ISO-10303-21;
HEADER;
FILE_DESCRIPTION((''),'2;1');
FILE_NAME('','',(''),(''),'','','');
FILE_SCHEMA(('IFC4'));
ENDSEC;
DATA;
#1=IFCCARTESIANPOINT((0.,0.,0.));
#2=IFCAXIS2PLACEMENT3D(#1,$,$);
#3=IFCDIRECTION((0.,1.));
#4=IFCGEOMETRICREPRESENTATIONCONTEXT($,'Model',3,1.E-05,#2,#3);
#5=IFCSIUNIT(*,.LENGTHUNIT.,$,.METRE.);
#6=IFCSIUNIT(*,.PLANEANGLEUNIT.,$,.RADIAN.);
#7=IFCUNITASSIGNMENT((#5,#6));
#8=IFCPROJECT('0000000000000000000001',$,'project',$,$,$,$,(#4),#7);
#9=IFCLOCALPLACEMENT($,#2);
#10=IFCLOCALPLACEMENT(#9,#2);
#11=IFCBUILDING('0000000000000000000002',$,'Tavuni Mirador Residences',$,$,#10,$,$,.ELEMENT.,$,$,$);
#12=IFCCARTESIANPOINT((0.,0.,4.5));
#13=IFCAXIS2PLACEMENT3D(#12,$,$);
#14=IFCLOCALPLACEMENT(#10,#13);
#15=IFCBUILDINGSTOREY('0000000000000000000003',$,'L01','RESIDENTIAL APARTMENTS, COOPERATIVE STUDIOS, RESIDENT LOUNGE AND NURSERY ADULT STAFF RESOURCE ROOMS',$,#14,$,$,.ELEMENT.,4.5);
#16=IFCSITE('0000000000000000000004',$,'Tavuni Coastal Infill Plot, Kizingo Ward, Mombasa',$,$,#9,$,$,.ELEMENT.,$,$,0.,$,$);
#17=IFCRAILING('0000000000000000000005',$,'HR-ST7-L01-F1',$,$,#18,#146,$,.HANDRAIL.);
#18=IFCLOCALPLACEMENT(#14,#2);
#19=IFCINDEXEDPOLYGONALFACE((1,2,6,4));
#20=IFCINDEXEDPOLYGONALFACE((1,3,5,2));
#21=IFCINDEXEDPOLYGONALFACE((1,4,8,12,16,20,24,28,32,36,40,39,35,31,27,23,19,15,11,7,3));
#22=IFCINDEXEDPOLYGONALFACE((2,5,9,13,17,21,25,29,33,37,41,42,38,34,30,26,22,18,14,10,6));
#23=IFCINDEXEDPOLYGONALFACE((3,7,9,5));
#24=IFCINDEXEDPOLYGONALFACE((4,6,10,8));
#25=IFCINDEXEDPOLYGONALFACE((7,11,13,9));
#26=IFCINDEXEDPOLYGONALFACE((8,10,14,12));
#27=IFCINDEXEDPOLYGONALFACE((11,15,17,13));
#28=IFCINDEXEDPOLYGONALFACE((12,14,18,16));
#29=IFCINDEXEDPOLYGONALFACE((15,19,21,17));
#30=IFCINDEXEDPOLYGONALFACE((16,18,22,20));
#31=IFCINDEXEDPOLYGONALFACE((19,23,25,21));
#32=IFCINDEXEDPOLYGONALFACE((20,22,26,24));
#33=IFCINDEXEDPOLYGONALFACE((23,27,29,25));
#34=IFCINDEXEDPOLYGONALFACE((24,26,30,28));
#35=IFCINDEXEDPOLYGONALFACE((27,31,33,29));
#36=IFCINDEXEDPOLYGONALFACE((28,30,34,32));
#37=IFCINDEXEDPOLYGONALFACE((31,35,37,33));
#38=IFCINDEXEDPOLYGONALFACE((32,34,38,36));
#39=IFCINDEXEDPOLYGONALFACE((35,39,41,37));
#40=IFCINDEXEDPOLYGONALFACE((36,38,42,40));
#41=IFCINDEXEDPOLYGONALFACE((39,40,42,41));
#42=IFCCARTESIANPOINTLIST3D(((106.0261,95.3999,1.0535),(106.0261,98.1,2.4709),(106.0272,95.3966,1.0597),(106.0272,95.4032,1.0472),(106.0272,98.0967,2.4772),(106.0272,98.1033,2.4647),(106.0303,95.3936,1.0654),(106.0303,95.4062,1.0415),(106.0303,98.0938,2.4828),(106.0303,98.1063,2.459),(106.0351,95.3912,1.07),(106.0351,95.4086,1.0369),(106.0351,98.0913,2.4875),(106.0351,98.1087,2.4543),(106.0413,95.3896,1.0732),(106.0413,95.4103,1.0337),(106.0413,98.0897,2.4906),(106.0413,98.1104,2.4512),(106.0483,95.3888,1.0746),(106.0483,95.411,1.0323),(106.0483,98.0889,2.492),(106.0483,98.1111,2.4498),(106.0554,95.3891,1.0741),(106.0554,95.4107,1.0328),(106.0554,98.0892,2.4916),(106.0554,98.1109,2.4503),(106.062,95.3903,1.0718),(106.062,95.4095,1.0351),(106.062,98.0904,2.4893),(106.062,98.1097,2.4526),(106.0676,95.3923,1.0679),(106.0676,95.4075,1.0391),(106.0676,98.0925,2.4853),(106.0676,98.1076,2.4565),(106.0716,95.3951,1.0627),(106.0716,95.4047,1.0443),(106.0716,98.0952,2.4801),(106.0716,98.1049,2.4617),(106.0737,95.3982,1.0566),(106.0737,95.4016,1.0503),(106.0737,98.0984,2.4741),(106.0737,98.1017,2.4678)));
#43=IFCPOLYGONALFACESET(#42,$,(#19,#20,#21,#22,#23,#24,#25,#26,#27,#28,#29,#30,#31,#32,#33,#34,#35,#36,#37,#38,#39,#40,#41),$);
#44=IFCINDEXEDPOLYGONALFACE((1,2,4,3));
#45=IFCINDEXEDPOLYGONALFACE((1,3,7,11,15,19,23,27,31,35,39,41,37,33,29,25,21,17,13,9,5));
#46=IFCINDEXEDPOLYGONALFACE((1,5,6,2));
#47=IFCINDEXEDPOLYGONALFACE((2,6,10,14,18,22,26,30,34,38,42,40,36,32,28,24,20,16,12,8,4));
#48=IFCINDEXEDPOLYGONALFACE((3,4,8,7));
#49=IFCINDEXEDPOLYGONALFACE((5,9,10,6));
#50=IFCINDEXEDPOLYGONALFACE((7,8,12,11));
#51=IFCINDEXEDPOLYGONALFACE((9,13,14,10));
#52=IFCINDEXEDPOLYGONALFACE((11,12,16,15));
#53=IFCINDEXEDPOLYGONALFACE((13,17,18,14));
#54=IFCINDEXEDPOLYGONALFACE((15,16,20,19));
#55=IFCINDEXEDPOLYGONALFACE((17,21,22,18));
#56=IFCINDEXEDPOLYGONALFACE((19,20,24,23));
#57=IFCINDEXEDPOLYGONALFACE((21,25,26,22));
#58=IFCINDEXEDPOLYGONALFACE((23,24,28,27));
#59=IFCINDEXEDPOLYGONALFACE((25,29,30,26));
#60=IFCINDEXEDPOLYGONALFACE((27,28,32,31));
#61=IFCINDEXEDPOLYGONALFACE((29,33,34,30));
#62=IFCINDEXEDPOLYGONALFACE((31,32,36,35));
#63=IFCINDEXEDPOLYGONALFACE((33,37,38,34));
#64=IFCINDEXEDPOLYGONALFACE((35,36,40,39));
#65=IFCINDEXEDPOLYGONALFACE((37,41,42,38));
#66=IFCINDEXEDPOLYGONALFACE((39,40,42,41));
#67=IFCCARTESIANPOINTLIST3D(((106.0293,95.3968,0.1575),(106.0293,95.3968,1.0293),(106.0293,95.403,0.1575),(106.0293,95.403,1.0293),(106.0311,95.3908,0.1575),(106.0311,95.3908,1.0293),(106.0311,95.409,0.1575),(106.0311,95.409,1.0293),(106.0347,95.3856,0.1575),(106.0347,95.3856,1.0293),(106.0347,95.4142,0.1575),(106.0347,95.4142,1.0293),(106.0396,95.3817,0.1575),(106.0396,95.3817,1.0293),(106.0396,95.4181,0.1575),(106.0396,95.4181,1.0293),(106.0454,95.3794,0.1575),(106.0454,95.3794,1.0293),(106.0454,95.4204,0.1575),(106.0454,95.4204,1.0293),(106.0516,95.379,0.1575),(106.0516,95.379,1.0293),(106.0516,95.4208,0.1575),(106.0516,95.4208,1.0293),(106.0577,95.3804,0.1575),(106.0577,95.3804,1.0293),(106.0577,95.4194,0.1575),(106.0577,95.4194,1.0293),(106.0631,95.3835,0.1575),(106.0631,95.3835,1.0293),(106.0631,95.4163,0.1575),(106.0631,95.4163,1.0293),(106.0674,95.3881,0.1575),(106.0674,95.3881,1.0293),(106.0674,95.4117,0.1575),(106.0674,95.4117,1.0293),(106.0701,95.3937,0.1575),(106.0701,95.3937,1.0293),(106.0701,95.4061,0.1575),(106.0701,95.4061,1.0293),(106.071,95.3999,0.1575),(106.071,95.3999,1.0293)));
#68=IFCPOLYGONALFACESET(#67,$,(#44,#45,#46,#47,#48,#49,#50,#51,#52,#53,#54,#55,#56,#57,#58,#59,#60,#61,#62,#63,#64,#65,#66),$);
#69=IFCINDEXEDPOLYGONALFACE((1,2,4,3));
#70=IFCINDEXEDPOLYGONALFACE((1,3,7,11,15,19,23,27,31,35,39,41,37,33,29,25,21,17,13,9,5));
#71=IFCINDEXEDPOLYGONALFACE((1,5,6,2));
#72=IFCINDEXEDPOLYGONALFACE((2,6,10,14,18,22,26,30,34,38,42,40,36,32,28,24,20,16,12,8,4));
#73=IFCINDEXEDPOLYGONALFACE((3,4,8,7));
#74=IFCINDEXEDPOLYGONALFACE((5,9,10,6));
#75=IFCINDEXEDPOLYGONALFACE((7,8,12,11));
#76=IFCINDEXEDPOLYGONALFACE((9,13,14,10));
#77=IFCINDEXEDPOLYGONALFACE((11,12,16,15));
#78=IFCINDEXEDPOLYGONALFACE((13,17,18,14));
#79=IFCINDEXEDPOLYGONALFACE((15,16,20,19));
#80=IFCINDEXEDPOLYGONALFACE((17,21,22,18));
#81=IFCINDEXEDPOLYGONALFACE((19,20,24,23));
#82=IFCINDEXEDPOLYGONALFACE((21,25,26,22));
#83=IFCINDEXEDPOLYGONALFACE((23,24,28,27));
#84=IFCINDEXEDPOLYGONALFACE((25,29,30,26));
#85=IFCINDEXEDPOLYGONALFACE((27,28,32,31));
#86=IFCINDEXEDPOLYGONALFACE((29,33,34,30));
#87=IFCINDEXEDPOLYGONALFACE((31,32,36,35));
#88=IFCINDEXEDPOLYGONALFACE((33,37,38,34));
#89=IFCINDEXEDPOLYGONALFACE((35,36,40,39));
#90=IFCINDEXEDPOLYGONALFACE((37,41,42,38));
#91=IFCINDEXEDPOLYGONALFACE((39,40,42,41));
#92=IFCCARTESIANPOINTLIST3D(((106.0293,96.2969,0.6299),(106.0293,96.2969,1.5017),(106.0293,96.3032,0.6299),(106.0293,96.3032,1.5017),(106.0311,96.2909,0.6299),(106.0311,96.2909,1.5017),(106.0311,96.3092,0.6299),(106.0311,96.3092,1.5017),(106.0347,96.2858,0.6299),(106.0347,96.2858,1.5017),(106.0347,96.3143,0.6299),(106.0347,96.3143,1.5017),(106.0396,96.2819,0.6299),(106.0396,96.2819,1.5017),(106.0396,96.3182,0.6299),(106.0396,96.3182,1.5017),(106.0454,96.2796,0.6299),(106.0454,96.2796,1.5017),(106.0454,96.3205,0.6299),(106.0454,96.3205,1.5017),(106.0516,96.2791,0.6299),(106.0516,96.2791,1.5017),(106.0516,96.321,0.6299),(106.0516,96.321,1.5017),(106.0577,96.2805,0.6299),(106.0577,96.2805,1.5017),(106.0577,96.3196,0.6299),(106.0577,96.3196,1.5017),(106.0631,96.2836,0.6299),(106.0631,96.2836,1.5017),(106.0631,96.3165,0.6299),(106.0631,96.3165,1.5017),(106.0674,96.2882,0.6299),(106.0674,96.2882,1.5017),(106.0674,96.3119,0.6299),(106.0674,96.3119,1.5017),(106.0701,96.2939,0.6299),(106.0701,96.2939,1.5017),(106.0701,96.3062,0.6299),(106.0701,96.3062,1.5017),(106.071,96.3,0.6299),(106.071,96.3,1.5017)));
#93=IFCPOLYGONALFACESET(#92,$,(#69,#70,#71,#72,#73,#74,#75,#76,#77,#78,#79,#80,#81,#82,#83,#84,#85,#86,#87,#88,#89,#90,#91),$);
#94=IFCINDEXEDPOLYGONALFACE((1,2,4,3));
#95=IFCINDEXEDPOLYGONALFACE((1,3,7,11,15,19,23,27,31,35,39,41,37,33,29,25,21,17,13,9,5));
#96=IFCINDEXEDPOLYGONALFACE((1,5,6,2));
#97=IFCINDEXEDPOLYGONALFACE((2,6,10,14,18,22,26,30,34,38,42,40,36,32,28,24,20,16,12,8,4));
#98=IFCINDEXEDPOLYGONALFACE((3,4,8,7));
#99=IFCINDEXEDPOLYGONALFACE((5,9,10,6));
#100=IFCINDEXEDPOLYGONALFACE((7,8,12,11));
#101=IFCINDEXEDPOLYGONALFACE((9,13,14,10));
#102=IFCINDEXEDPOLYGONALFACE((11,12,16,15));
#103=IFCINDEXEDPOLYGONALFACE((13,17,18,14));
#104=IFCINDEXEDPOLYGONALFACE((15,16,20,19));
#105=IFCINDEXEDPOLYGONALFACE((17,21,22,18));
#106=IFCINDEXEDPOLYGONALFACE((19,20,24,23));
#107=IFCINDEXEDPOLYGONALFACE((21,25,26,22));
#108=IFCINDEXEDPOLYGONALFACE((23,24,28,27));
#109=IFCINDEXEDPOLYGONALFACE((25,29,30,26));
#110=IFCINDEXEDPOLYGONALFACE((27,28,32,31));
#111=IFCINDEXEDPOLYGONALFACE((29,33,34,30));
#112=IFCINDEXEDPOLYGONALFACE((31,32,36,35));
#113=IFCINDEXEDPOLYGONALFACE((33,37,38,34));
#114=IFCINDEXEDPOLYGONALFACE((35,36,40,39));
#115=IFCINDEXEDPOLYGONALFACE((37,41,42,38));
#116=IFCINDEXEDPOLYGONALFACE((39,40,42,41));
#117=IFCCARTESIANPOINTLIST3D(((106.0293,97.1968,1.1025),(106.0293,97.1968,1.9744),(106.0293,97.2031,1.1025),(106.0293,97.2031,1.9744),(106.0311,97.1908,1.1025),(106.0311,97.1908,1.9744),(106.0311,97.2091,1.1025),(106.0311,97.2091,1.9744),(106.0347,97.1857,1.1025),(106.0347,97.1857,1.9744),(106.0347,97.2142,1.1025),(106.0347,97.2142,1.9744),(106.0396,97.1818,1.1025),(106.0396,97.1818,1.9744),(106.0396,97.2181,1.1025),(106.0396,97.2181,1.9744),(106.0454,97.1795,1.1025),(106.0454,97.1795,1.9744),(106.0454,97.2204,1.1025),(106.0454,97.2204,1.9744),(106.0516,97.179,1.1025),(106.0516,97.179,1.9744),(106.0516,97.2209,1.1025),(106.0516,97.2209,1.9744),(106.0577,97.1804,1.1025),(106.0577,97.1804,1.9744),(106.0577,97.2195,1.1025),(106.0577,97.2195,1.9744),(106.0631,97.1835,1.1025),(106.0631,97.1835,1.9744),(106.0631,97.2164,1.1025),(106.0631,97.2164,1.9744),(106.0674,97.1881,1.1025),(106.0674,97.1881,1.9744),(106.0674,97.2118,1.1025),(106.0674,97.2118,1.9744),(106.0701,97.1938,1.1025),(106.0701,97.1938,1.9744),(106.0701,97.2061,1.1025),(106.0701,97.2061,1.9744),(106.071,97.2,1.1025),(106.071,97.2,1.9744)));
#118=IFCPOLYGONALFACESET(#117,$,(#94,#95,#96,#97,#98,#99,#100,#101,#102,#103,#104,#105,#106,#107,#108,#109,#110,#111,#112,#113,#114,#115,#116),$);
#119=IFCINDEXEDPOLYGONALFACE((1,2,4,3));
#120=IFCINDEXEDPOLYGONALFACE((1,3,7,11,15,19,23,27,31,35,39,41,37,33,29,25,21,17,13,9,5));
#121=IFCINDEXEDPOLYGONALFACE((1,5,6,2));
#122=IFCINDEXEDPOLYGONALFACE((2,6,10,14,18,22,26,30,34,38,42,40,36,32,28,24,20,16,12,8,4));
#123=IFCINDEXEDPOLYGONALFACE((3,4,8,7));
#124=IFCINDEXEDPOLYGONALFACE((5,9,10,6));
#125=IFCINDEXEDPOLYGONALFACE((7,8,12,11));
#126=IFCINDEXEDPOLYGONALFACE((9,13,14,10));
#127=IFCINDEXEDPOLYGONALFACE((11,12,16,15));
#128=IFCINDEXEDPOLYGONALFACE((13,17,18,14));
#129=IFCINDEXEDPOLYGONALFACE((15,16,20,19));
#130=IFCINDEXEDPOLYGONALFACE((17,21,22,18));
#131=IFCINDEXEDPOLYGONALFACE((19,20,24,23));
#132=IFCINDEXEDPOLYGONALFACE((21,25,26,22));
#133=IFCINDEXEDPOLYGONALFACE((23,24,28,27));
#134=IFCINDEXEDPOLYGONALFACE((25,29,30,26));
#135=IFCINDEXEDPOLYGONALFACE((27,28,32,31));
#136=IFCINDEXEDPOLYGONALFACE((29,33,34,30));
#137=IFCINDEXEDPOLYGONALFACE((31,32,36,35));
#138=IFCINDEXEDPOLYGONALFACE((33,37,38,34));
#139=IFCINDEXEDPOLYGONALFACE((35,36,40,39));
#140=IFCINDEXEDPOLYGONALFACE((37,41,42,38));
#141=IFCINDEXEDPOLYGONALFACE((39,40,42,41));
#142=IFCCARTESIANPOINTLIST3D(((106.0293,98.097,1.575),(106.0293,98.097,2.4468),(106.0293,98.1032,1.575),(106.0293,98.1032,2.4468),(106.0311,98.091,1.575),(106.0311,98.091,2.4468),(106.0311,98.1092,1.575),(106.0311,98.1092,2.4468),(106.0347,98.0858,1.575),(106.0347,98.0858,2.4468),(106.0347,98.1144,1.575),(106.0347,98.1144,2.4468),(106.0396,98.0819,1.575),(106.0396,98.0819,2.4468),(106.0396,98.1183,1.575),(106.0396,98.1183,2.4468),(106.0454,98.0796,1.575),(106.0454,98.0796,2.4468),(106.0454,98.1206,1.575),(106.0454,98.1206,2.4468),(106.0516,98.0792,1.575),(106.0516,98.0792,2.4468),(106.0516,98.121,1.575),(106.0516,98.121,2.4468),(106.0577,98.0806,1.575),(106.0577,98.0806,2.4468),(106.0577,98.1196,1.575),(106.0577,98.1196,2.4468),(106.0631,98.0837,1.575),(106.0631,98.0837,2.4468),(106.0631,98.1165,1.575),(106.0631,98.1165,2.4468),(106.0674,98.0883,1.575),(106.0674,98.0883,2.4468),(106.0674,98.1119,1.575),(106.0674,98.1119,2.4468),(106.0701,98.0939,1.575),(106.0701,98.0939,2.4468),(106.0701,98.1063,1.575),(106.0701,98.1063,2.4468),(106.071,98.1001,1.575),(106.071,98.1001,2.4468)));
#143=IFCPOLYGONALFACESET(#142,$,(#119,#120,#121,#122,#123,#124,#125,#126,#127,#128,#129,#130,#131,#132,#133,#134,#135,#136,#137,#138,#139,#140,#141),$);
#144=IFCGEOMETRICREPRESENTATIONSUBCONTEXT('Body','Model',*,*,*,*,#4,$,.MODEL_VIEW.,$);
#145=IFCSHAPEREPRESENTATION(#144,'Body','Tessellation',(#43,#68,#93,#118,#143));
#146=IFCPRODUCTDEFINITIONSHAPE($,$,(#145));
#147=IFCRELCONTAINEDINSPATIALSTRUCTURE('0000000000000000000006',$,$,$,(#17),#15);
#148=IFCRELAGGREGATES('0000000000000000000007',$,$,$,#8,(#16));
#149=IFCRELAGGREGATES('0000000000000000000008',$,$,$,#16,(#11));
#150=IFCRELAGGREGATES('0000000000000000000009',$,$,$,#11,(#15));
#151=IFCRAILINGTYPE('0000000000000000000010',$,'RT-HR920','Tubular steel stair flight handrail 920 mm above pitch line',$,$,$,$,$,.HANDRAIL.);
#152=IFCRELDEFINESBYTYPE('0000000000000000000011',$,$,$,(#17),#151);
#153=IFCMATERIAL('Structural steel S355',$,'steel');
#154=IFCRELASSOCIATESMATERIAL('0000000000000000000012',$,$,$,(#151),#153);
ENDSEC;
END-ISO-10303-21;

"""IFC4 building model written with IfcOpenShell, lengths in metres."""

from ifc_helpers import new_model, si_unit, direction, frame, origin, origin_2d, place, context, subcontext, project, spatial, circle, extrude, material, type_object, element, save


model = new_model("IFC4")

# Units and contexts
model_context = context("Model", 3, precision=1e-05, world=origin(), true_north=direction((0.0, 1.0)))
body_context = subcontext(model_context, "Body", "Model", "MODEL_VIEW")
ifc_project = project(units=[si_unit("LENGTHUNIT", "METRE"), si_unit("PLANEANGLEUNIT", "RADIAN")], contexts=[model_context])

# Site, building, storey
site_placement = place(None, origin())
site = spatial("IfcSite", under=ifc_project, at=site_placement, Name="Tavuni Coastal Infill Plot, Kizingo Ward, Mombasa", CompositionType="ELEMENT", RefElevation=0.0)
building_placement = place(site_placement, origin())
building = spatial("IfcBuilding", under=site, at=building_placement, Name="Tavuni Mirador Residences", CompositionType="ELEMENT")
storey_placement = place(building_placement, frame((0.0, 0.0, 4.5)))
storey = spatial("IfcBuildingStorey", under=building, at=storey_placement, Name="L01", Description="RESIDENTIAL APARTMENTS, COOPERATIVE STUDIOS, RESIDENT LOUNGE AND NURSERY ADULT STAFF RESOURCE ROOMS", CompositionType="ELEMENT", Elevation=4.5)

# Shared definitions
ifc_material_1 = material(Name="Structural steel S355", Category="steel")

# Railing
railing_type_1 = type_object("IfcRailingType", Name="RT-HR920", Description="Tubular steel stair flight handrail 920 mm above pitch line", PredefinedType="HANDRAIL", material=ifc_material_1)
railing_1_placement = place(storey_placement, frame((106.05, 95.3999, 0.1575)))
element("IfcRailing", 1, at=railing_1_placement, inside=storey, type_object=railing_type_1, Name="HR-ST7-L01-F1", PredefinedType="HANDRAIL", context=body_context, shape_type="SweptSolid", body=[
    extrude(circle(Radius=0.0239, at=origin_2d()), frame((0.0, 0.0, 0.896), z_axis=(0.0, 0.885414, 0.464803), x_axis=(-1.0, 0.0, 0.0)), (0.0, 0.0, 1.0), 3.0496),
    extrude(circle(Radius=0.021, at=origin_2d()), origin(), (0.0, 0.0, 1.0), 0.8718),
    extrude(circle(Radius=0.021, at=origin_2d()), frame((0.0, 0.9001, 0.4724)), (0.0, 0.0, 1.0), 0.8718),
    extrude(circle(Radius=0.021, at=origin_2d()), frame((0.0, 1.8, 0.9451)), (0.0, 0.0, 1.0), 0.8718),
    extrude(circle(Radius=0.021, at=origin_2d()), frame((0.0, 2.7002, 1.4175)), (0.0, 0.0, 1.0), 0.8718),
])

save(model, "model.ifc")
